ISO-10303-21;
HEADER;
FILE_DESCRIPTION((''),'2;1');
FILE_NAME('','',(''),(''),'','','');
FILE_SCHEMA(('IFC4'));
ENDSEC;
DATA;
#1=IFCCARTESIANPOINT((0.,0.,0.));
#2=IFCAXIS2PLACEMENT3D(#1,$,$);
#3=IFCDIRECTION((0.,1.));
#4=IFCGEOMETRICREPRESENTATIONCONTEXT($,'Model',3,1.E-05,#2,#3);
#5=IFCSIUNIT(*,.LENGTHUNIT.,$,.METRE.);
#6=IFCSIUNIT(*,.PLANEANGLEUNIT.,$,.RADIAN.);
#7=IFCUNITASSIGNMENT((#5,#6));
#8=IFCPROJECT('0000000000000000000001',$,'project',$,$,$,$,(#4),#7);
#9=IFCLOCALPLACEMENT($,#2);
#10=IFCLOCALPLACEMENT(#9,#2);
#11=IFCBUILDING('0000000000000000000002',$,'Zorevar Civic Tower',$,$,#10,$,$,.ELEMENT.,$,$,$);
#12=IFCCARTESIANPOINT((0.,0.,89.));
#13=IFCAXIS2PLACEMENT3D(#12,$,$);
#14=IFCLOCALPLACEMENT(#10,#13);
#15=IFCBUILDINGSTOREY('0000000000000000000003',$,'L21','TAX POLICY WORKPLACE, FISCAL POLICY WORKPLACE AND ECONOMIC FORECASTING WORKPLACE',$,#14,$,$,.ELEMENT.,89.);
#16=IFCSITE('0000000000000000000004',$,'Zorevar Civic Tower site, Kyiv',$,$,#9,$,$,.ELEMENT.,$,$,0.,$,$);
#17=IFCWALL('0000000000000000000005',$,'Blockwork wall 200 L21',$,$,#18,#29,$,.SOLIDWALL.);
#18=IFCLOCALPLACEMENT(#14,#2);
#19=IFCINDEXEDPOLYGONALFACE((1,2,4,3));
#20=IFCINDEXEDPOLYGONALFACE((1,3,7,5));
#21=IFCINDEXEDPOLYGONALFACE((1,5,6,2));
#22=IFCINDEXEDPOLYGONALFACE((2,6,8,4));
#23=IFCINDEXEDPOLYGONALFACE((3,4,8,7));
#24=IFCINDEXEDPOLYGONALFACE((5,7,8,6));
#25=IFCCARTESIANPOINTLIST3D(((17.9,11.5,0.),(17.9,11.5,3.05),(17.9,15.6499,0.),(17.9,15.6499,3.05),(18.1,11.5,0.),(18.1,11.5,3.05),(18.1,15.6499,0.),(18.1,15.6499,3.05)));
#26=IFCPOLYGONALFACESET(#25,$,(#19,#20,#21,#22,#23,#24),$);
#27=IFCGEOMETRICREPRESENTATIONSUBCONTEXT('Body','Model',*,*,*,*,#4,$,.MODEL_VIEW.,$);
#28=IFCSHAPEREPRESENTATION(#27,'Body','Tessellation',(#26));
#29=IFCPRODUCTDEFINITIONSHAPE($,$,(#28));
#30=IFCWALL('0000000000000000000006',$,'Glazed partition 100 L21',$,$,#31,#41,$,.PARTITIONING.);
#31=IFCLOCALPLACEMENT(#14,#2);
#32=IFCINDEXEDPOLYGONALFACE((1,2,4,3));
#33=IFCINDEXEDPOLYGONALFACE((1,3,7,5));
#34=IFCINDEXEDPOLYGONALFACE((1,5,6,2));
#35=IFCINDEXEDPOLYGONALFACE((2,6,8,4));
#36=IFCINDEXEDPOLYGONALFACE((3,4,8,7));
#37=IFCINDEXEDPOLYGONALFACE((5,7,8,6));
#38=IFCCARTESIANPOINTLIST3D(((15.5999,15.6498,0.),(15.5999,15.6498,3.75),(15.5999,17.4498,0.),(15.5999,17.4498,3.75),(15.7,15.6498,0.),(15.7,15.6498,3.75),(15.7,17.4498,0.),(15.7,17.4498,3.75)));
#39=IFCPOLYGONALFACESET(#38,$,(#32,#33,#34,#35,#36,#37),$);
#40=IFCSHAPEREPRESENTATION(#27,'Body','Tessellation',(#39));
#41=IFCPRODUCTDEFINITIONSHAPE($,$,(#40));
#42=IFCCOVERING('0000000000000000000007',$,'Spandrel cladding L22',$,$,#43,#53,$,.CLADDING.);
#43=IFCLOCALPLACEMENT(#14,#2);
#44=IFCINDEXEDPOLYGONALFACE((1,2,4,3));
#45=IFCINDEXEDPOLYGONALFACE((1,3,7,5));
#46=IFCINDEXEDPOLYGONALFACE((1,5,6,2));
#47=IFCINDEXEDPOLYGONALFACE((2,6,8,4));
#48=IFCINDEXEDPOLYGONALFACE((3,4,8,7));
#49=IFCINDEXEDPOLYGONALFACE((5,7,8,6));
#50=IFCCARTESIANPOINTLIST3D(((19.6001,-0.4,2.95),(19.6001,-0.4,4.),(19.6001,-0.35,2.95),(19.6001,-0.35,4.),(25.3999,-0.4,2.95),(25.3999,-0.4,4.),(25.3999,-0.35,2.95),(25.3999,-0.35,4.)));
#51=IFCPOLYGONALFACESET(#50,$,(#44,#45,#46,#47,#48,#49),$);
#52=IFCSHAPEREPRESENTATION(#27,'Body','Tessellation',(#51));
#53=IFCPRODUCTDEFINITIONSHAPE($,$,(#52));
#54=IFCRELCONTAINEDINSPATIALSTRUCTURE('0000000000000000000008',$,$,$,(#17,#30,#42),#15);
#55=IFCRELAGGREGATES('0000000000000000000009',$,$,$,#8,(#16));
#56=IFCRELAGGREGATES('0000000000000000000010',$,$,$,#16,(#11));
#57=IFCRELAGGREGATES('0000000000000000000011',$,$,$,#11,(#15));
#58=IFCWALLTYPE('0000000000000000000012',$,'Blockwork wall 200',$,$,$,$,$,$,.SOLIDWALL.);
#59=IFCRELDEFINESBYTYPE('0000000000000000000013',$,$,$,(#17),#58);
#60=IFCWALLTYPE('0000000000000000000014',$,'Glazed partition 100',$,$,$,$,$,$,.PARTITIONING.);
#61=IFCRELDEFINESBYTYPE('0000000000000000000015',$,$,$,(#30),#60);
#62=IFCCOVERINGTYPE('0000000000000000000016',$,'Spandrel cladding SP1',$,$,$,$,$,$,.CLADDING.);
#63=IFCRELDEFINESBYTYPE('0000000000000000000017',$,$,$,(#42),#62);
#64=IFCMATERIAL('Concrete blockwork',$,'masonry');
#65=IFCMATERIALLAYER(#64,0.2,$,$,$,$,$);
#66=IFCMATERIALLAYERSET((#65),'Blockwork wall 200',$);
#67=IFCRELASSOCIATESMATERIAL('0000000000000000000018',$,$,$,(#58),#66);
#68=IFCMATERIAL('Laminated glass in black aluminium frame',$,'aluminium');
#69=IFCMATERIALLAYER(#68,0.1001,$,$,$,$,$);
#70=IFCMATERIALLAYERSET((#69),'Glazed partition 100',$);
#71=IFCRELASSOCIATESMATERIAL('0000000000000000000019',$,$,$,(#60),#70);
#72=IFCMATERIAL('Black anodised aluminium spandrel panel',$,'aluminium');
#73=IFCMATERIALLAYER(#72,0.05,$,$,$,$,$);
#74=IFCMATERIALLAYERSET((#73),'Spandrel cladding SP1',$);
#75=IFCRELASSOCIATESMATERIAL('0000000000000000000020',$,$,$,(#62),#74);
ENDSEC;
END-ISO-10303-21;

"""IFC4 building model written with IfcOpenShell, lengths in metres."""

from ifc_helpers import new_model, si_unit, direction, frame, frame_2d, origin, place, context, subcontext, project, spatial, rectangle, extrude, material, layer, layer_set, type_object, element, save


model = new_model("IFC4")

# Units and contexts
model_context = context("Model", 3, precision=1e-05, world=origin(), true_north=direction((0.0, 1.0)))
body_context = subcontext(model_context, "Body", "Model", "MODEL_VIEW")
ifc_project = project(units=[si_unit("LENGTHUNIT", "METRE"), si_unit("PLANEANGLEUNIT", "RADIAN")], contexts=[model_context])

# Site, building, storey
site_placement = place(None, origin())
site = spatial("IfcSite", under=ifc_project, at=site_placement, Name="Zorevar Civic Tower site, Kyiv", CompositionType="ELEMENT", RefElevation=0.0)
building_placement = place(site_placement, origin())
building = spatial("IfcBuilding", under=site, at=building_placement, Name="Zorevar Civic Tower", CompositionType="ELEMENT")
storey_placement = place(building_placement, frame((0.0, 0.0, 89.0)))
storey = spatial("IfcBuildingStorey", under=building, at=storey_placement, Name="L21", Description="TAX POLICY WORKPLACE, FISCAL POLICY WORKPLACE AND ECONOMIC FORECASTING WORKPLACE", CompositionType="ELEMENT", Elevation=89.0)

# Shared definitions
ifc_material_1 = material(Name="Concrete blockwork", Category="masonry")
ifc_layer_1 = layer(ifc_material_1, 0.2)
ifc_layer_set_1 = layer_set([ifc_layer_1], Name="Blockwork wall 200")
wall_type_1 = type_object("IfcWallType", Name="Blockwork wall 200", PredefinedType="SOLIDWALL", material=ifc_layer_set_1)

# Wall
wall_1_placement = place(storey_placement, frame((18.0, 11.5, 0.0), z_axis=(0.0, 0.0, 1.0), x_axis=(0.0, 1.0, 0.0)))
element("IfcWall", 1, at=wall_1_placement, inside=storey, type_object=wall_type_1, Name="Blockwork wall 200 L21", PredefinedType="SOLIDWALL", context=body_context, shape_type="SweptSolid", body=[
    extrude(rectangle(XDim=4.1499, YDim=0.2, at=frame_2d((2.075, 0.0))), origin(), (0.0, 0.0, 1.0), 3.05),
])

# Shared definitions
ifc_material_2 = material(Name="Laminated glass in black aluminium frame", Category="aluminium")
ifc_layer_2 = layer(ifc_material_2, 0.1001)
ifc_layer_set_2 = layer_set([ifc_layer_2], Name="Glazed partition 100")
wall_type_2 = type_object("IfcWallType", Name="Glazed partition 100", PredefinedType="PARTITIONING", material=ifc_layer_set_2)

# Wall
wall_2_placement = place(storey_placement, frame((15.6499, 15.6499, 0.0), z_axis=(0.0, 0.0, 1.0), x_axis=(0.0, 1.0, 0.0)))
element("IfcWall", 2, at=wall_2_placement, inside=storey, type_object=wall_type_2, Name="Glazed partition 100 L21", PredefinedType="PARTITIONING", context=body_context, shape_type="SweptSolid", body=[
    extrude(rectangle(XDim=1.8, YDim=0.1001, at=frame_2d((0.8999, 0.0))), origin(), (0.0, 0.0, 1.0), 3.75),
])

# Covering
ifc_material_3 = material(Name="Black anodised aluminium spandrel panel", Category="aluminium")
ifc_layer_3 = layer(ifc_material_3, 0.05)
ifc_layer_set_3 = layer_set([ifc_layer_3], Name="Spandrel cladding SP1")
covering_type = type_object("IfcCoveringType", Name="Spandrel cladding SP1", PredefinedType="CLADDING", material=ifc_layer_set_3)
covering_placement = place(storey_placement, frame((19.6001, -0.375, 2.95), z_axis=(0.0, 0.0, 1.0), x_axis=(1.0, 0.0, 0.0)))
element("IfcCovering", 3, at=covering_placement, inside=storey, type_object=covering_type, Name="Spandrel cladding L22", PredefinedType="CLADDING", context=body_context, shape_type="SweptSolid", body=[
    extrude(rectangle(XDim=5.7998, YDim=0.05, at=frame_2d((2.8999, 0.0))), origin(), (0.0, 0.0, 1.0), 1.05),
])

save(model, "model.ifc")
